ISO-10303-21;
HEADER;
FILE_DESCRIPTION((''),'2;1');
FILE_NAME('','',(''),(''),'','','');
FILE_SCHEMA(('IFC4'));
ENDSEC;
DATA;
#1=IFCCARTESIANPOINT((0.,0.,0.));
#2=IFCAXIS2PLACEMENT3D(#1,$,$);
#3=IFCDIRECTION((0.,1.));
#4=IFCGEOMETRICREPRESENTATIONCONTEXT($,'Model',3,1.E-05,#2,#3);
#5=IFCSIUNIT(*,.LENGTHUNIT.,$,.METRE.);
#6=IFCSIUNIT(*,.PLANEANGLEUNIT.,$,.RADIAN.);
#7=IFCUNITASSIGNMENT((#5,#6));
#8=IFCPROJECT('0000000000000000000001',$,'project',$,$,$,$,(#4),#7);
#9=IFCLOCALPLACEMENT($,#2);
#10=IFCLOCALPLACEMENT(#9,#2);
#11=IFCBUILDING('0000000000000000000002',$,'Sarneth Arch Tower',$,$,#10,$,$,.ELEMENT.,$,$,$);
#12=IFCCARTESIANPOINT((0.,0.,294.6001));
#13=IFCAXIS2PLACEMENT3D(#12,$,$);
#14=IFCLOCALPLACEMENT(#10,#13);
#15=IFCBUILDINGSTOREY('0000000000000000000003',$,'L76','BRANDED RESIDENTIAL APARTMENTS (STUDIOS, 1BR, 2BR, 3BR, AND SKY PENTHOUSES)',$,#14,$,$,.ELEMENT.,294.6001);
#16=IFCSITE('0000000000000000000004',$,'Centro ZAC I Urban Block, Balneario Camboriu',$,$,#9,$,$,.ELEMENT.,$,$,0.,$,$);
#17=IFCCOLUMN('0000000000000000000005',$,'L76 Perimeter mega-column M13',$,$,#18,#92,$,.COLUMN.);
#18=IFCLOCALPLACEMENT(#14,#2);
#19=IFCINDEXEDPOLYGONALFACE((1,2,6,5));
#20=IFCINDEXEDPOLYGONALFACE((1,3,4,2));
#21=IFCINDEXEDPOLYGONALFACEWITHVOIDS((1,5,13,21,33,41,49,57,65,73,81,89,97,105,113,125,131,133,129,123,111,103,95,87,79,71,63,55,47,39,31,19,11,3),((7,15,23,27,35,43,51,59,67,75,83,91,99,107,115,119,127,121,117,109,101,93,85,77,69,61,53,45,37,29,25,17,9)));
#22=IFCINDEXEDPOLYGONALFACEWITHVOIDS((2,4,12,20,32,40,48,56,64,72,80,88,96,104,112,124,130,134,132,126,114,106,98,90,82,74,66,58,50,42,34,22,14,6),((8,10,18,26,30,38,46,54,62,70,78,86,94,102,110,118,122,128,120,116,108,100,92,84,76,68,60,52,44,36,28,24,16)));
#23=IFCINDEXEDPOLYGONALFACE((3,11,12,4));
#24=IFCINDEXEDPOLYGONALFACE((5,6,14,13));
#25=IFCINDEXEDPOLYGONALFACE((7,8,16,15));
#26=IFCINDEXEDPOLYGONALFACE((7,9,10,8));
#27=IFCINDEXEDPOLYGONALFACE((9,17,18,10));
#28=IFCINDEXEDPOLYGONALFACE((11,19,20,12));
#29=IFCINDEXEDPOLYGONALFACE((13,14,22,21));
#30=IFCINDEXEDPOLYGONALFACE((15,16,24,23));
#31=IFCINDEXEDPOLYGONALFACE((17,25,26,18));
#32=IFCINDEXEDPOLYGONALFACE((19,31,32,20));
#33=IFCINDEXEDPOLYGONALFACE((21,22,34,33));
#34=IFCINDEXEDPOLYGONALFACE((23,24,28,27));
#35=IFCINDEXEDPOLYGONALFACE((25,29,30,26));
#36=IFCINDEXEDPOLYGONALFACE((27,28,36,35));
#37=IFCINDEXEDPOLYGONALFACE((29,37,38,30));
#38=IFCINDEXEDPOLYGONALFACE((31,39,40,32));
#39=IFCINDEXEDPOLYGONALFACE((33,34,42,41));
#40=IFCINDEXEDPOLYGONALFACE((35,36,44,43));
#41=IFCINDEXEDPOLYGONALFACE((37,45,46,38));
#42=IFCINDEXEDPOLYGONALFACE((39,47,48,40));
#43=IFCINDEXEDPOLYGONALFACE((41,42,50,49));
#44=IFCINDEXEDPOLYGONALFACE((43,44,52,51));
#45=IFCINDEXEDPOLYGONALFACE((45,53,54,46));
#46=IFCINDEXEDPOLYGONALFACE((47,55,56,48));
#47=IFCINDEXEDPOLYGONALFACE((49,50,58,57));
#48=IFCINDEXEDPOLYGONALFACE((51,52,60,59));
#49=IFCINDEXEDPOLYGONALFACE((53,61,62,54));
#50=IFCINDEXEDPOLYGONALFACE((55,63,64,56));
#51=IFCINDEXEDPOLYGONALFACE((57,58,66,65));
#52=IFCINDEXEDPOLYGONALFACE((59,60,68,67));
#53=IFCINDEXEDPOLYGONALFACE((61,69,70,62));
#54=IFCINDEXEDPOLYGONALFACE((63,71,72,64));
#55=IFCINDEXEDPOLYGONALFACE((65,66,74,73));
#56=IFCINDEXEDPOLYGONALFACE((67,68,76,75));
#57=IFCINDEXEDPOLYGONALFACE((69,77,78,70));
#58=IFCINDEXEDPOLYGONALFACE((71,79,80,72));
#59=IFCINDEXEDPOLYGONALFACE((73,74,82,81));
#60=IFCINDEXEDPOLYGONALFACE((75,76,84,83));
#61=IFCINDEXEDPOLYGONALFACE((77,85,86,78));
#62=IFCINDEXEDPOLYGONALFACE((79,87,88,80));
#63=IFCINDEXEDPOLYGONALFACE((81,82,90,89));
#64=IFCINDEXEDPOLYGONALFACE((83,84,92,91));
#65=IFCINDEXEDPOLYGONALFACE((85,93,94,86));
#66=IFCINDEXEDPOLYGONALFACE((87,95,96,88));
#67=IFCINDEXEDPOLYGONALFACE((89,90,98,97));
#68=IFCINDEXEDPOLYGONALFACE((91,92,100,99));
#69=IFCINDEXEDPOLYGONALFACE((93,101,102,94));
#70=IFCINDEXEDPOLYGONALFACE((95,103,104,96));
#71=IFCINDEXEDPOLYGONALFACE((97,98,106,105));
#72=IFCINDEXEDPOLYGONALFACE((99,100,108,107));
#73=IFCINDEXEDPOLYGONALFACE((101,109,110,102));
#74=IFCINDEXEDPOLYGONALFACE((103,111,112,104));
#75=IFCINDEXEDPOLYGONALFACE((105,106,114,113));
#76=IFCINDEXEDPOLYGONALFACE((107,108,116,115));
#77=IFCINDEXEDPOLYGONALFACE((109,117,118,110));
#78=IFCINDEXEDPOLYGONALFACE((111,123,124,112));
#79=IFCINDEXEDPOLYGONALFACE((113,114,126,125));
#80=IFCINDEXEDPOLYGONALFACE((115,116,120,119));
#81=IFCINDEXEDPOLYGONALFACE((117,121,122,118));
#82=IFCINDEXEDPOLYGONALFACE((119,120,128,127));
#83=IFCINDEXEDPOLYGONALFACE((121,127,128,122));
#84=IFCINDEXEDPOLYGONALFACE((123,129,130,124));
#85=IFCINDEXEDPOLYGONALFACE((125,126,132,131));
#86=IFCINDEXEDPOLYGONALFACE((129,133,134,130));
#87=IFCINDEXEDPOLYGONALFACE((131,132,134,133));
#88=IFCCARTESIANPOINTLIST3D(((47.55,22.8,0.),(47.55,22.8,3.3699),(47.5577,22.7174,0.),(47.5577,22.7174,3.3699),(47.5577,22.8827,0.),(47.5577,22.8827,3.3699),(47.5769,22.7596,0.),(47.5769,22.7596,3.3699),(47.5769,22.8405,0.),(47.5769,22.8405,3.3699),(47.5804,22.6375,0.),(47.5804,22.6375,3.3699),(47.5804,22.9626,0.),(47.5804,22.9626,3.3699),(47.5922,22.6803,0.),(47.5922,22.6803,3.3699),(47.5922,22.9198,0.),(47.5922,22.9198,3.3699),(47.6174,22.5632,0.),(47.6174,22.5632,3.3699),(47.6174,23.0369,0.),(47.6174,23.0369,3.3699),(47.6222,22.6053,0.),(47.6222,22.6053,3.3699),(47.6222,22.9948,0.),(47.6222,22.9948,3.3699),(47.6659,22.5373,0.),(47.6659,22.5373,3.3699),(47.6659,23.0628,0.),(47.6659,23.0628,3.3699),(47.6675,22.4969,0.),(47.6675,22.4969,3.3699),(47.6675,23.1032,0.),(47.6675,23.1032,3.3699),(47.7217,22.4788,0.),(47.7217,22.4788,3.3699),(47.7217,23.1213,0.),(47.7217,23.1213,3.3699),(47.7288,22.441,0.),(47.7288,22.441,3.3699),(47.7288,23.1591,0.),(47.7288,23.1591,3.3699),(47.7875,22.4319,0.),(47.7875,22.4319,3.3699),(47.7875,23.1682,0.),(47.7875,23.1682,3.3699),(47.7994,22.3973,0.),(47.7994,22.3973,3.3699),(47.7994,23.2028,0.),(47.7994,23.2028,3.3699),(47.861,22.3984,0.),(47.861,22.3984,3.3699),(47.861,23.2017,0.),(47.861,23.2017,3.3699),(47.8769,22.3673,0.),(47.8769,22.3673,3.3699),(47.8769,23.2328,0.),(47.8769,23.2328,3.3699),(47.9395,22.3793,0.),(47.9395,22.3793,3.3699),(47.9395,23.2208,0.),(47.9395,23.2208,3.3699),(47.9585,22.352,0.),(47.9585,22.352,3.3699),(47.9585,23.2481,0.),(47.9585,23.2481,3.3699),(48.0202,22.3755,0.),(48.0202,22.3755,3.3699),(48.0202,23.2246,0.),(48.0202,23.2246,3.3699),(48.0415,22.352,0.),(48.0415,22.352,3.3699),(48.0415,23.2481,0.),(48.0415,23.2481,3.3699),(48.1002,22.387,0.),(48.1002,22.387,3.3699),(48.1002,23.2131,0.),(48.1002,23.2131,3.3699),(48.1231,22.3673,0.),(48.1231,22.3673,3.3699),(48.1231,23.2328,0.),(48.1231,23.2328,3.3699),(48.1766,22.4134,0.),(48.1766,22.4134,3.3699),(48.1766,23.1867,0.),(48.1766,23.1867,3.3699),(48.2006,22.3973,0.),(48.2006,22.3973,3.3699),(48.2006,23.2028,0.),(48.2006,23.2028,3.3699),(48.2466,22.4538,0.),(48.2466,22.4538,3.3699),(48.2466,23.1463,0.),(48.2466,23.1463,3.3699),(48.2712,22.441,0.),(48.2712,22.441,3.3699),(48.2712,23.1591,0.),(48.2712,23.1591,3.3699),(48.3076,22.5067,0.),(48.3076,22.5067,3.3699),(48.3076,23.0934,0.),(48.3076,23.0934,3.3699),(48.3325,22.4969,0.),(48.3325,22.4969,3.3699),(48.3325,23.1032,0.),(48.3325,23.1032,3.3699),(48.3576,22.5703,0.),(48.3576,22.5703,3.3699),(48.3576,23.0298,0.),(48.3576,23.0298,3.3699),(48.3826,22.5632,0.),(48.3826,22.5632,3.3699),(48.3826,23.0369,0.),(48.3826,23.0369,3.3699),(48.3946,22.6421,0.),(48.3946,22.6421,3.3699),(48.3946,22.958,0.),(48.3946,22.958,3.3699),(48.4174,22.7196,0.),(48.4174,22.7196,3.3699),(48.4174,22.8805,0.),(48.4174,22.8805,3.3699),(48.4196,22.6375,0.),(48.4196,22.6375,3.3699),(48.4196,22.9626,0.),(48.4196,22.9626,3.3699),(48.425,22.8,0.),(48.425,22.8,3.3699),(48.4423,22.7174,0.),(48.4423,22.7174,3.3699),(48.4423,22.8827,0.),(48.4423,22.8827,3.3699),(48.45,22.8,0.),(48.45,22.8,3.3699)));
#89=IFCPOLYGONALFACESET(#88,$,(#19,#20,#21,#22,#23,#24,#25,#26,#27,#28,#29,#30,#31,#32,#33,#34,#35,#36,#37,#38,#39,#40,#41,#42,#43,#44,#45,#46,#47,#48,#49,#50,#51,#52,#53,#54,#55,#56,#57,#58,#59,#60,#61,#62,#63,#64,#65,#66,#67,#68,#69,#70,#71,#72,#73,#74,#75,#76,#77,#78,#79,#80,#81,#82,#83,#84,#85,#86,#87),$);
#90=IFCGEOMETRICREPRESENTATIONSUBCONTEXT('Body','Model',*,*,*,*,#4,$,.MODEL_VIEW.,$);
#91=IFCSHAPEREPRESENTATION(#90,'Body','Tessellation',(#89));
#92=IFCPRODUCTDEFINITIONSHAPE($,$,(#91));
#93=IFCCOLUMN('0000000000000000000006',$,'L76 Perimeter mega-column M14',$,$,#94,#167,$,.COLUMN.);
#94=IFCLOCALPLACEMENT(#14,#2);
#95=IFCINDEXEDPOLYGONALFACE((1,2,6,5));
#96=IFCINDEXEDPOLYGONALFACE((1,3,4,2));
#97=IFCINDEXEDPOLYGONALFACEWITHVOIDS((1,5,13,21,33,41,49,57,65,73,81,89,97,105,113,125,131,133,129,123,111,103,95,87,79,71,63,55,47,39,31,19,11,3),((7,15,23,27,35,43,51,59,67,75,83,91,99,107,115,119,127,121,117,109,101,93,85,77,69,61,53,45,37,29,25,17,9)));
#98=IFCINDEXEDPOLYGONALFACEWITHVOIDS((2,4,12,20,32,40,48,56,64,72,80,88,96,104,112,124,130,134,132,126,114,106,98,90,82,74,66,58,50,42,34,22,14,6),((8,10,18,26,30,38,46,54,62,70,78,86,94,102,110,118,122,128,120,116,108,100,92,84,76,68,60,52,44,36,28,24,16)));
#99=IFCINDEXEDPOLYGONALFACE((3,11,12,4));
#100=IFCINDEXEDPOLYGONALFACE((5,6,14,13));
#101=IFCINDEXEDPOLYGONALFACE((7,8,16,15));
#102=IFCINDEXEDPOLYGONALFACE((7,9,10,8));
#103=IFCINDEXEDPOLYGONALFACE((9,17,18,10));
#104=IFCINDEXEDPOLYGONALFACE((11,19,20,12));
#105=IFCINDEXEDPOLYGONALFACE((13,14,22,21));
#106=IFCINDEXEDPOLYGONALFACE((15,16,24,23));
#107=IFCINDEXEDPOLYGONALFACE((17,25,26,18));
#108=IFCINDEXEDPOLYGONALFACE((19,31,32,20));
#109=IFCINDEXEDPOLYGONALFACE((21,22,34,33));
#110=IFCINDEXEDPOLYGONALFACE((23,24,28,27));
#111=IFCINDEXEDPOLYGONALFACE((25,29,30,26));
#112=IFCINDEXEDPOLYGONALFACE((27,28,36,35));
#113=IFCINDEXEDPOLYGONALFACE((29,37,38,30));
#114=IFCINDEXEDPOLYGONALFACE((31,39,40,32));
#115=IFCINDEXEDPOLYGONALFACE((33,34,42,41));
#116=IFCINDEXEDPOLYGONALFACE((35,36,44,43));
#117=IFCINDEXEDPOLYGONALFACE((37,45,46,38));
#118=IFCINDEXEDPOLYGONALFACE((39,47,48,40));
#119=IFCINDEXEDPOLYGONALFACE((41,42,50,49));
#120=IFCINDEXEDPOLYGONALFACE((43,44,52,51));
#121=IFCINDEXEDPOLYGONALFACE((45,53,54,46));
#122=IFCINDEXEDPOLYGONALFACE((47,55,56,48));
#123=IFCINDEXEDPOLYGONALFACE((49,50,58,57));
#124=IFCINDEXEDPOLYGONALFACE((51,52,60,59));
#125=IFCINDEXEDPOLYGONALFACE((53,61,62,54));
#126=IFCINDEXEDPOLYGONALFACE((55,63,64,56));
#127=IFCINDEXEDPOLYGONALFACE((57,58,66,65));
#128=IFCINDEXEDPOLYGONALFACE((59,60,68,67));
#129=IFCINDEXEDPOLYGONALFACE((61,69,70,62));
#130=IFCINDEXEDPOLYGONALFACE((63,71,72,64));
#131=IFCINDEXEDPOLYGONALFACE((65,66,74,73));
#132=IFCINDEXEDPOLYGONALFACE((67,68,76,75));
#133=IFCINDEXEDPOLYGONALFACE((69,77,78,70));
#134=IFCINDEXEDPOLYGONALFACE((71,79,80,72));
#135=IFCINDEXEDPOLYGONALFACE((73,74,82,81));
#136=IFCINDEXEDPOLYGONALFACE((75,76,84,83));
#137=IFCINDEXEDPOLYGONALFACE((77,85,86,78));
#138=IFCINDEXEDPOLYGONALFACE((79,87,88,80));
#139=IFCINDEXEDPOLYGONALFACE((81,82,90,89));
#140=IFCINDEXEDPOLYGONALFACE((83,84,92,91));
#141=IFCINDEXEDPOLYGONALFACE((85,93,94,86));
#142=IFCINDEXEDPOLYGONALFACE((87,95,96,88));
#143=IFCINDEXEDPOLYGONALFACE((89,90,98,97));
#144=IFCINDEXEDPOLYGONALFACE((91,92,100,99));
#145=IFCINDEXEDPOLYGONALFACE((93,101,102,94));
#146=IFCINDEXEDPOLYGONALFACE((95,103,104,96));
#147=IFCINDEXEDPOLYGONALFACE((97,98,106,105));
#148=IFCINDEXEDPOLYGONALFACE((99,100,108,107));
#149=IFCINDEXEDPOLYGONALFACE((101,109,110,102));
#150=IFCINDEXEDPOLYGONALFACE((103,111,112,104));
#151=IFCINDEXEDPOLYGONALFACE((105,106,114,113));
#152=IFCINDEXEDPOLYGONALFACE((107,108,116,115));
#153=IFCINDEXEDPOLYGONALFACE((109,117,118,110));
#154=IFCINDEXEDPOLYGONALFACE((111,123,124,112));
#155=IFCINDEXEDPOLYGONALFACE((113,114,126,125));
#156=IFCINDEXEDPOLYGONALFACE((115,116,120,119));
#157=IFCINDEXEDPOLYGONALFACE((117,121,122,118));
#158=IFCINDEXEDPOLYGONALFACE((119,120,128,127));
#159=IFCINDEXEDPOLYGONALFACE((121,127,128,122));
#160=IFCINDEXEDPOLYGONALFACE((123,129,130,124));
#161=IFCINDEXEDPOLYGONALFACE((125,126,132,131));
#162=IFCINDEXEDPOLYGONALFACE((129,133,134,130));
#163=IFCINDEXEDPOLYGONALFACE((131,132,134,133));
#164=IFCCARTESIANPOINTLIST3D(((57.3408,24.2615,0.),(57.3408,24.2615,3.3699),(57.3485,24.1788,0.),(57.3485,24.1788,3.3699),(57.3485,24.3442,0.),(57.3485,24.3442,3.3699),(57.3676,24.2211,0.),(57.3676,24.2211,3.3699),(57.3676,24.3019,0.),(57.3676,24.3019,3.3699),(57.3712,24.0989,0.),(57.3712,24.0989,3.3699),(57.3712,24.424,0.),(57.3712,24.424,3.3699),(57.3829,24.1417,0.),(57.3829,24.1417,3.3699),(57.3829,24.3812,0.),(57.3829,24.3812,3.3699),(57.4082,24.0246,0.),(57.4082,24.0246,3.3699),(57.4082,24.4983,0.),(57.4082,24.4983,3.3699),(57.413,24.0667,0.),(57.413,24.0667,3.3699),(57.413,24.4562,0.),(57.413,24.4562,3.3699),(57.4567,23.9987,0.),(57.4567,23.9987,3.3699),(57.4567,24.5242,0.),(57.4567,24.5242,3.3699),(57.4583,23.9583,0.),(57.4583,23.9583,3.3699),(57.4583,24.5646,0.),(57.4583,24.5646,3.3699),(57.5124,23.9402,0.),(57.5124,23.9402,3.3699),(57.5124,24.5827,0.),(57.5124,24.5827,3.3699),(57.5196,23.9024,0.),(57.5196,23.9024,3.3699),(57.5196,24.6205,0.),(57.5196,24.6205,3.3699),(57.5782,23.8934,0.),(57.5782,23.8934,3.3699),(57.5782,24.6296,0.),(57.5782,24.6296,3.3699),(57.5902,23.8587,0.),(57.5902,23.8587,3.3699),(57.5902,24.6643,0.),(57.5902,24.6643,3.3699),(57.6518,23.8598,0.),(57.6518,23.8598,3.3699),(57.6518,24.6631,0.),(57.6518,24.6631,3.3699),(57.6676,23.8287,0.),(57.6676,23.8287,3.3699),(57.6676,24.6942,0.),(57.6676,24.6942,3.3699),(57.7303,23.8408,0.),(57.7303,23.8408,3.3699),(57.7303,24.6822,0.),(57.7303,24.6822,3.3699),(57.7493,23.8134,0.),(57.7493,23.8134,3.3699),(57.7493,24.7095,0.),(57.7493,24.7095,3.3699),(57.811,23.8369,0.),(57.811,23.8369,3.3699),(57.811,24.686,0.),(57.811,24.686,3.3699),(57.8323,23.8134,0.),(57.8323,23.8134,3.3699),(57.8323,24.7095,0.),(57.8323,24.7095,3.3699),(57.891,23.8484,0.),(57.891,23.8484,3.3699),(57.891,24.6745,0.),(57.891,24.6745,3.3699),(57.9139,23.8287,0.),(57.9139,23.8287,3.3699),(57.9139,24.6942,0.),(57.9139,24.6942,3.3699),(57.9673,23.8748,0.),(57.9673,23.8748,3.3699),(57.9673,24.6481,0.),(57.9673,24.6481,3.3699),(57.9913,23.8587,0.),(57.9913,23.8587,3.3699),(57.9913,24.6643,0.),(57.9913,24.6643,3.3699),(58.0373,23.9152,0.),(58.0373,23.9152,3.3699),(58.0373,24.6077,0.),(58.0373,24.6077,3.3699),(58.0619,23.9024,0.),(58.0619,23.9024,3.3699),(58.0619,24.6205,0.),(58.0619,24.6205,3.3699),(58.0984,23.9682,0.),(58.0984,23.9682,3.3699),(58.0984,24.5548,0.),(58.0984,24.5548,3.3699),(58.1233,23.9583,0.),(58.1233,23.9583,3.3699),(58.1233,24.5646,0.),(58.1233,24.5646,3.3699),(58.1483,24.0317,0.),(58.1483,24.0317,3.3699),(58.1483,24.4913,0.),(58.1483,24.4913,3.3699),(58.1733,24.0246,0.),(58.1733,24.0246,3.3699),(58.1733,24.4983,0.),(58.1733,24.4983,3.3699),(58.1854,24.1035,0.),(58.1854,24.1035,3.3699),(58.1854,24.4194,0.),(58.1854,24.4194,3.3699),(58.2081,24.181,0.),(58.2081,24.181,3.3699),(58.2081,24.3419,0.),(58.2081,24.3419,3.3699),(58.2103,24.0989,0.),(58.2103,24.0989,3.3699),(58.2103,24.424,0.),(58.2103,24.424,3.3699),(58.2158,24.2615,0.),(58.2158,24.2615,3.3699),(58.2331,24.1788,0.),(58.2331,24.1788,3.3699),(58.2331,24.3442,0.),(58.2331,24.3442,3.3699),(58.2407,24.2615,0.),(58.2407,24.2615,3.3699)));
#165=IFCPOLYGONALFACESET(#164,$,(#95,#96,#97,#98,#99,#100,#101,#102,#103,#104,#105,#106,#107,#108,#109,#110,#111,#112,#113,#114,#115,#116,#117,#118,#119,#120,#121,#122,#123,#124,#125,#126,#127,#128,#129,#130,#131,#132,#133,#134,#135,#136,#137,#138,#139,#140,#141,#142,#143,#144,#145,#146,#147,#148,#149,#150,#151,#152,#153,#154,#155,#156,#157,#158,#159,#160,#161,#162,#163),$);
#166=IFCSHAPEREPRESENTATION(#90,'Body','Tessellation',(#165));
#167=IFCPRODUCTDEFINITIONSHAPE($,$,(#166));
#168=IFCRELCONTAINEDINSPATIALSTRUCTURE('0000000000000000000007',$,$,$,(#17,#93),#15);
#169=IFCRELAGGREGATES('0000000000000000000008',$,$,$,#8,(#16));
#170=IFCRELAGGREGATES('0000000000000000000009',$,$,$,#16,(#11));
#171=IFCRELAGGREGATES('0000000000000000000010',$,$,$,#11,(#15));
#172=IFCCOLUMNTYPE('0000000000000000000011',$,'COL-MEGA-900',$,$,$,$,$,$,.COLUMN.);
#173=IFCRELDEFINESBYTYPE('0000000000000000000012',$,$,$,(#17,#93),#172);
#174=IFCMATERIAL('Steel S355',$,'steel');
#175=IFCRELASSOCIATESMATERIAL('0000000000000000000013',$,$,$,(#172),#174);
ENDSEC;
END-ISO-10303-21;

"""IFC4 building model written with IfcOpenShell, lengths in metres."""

from ifc_helpers import new_model, si_unit, direction, frame, origin, origin_2d, place, context, subcontext, project, spatial, hollow_circle, extrude, material, material_profile, profile_set, type_object, element, save


model = new_model("IFC4")

# Units and contexts
model_context = context("Model", 3, precision=1e-05, world=origin(), true_north=direction((0.0, 1.0)))
body_context = subcontext(model_context, "Body", "Model", "MODEL_VIEW")
ifc_project = project(units=[si_unit("LENGTHUNIT", "METRE"), si_unit("PLANEANGLEUNIT", "RADIAN")], contexts=[model_context])

# Site, building, storey
site_placement = place(None, origin())
site = spatial("IfcSite", under=ifc_project, at=site_placement, Name="Centro ZAC I Urban Block, Balneario Camboriu", CompositionType="ELEMENT", RefElevation=0.0)
building_placement = place(site_placement, origin())
building = spatial("IfcBuilding", under=site, at=building_placement, Name="Sarneth Arch Tower", CompositionType="ELEMENT")
storey_placement = place(building_placement, frame((0.0, 0.0, 294.6001)))
storey = spatial("IfcBuildingStorey", under=building, at=storey_placement, Name="L76", Description="BRANDED RESIDENTIAL APARTMENTS (STUDIOS, 1BR, 2BR, 3BR, AND SKY PENTHOUSES)", CompositionType="ELEMENT", Elevation=294.6001)

# Columns
ifc_material_1 = material(Name="Steel S355", Category="steel")
ifc_material_profile_1 = material_profile(ifc_material_1, hollow_circle(Radius=0.45, WallThickness=0.0249, at=origin_2d()), Name="CHS900x25")
ifc_profile_set_1 = profile_set([ifc_material_profile_1], Name="Steel S355")
column_type = type_object("IfcColumnType", Name="COL-MEGA-900", PredefinedType="COLUMN", material=ifc_profile_set_1)
for number, where, z_axis, x_axis, name in (
    (1, (48.0, 22.8, 0.0), (0.0, 0.0, 1.0), (1.0, 0.0, 0.0), "L76 Perimeter mega-column M13"),
    (2, (57.7908, 24.2615, 0.0), (0.0, 0.0, 1.0), (1.0, 0.0, 0.0), "L76 Perimeter mega-column M14"),
):
    element("IfcColumn", number, at=place(storey_placement, frame(where, z_axis=z_axis, x_axis=x_axis)), inside=storey, type_object=column_type, Name=name, PredefinedType="COLUMN", context=body_context, shape_type="SweptSolid", body=[
        extrude(hollow_circle(Radius=0.45, WallThickness=0.0249, at=origin_2d()), origin(), (0.0, 0.0, 1.0), 3.3699),
    ])

save(model, "model.ifc")
